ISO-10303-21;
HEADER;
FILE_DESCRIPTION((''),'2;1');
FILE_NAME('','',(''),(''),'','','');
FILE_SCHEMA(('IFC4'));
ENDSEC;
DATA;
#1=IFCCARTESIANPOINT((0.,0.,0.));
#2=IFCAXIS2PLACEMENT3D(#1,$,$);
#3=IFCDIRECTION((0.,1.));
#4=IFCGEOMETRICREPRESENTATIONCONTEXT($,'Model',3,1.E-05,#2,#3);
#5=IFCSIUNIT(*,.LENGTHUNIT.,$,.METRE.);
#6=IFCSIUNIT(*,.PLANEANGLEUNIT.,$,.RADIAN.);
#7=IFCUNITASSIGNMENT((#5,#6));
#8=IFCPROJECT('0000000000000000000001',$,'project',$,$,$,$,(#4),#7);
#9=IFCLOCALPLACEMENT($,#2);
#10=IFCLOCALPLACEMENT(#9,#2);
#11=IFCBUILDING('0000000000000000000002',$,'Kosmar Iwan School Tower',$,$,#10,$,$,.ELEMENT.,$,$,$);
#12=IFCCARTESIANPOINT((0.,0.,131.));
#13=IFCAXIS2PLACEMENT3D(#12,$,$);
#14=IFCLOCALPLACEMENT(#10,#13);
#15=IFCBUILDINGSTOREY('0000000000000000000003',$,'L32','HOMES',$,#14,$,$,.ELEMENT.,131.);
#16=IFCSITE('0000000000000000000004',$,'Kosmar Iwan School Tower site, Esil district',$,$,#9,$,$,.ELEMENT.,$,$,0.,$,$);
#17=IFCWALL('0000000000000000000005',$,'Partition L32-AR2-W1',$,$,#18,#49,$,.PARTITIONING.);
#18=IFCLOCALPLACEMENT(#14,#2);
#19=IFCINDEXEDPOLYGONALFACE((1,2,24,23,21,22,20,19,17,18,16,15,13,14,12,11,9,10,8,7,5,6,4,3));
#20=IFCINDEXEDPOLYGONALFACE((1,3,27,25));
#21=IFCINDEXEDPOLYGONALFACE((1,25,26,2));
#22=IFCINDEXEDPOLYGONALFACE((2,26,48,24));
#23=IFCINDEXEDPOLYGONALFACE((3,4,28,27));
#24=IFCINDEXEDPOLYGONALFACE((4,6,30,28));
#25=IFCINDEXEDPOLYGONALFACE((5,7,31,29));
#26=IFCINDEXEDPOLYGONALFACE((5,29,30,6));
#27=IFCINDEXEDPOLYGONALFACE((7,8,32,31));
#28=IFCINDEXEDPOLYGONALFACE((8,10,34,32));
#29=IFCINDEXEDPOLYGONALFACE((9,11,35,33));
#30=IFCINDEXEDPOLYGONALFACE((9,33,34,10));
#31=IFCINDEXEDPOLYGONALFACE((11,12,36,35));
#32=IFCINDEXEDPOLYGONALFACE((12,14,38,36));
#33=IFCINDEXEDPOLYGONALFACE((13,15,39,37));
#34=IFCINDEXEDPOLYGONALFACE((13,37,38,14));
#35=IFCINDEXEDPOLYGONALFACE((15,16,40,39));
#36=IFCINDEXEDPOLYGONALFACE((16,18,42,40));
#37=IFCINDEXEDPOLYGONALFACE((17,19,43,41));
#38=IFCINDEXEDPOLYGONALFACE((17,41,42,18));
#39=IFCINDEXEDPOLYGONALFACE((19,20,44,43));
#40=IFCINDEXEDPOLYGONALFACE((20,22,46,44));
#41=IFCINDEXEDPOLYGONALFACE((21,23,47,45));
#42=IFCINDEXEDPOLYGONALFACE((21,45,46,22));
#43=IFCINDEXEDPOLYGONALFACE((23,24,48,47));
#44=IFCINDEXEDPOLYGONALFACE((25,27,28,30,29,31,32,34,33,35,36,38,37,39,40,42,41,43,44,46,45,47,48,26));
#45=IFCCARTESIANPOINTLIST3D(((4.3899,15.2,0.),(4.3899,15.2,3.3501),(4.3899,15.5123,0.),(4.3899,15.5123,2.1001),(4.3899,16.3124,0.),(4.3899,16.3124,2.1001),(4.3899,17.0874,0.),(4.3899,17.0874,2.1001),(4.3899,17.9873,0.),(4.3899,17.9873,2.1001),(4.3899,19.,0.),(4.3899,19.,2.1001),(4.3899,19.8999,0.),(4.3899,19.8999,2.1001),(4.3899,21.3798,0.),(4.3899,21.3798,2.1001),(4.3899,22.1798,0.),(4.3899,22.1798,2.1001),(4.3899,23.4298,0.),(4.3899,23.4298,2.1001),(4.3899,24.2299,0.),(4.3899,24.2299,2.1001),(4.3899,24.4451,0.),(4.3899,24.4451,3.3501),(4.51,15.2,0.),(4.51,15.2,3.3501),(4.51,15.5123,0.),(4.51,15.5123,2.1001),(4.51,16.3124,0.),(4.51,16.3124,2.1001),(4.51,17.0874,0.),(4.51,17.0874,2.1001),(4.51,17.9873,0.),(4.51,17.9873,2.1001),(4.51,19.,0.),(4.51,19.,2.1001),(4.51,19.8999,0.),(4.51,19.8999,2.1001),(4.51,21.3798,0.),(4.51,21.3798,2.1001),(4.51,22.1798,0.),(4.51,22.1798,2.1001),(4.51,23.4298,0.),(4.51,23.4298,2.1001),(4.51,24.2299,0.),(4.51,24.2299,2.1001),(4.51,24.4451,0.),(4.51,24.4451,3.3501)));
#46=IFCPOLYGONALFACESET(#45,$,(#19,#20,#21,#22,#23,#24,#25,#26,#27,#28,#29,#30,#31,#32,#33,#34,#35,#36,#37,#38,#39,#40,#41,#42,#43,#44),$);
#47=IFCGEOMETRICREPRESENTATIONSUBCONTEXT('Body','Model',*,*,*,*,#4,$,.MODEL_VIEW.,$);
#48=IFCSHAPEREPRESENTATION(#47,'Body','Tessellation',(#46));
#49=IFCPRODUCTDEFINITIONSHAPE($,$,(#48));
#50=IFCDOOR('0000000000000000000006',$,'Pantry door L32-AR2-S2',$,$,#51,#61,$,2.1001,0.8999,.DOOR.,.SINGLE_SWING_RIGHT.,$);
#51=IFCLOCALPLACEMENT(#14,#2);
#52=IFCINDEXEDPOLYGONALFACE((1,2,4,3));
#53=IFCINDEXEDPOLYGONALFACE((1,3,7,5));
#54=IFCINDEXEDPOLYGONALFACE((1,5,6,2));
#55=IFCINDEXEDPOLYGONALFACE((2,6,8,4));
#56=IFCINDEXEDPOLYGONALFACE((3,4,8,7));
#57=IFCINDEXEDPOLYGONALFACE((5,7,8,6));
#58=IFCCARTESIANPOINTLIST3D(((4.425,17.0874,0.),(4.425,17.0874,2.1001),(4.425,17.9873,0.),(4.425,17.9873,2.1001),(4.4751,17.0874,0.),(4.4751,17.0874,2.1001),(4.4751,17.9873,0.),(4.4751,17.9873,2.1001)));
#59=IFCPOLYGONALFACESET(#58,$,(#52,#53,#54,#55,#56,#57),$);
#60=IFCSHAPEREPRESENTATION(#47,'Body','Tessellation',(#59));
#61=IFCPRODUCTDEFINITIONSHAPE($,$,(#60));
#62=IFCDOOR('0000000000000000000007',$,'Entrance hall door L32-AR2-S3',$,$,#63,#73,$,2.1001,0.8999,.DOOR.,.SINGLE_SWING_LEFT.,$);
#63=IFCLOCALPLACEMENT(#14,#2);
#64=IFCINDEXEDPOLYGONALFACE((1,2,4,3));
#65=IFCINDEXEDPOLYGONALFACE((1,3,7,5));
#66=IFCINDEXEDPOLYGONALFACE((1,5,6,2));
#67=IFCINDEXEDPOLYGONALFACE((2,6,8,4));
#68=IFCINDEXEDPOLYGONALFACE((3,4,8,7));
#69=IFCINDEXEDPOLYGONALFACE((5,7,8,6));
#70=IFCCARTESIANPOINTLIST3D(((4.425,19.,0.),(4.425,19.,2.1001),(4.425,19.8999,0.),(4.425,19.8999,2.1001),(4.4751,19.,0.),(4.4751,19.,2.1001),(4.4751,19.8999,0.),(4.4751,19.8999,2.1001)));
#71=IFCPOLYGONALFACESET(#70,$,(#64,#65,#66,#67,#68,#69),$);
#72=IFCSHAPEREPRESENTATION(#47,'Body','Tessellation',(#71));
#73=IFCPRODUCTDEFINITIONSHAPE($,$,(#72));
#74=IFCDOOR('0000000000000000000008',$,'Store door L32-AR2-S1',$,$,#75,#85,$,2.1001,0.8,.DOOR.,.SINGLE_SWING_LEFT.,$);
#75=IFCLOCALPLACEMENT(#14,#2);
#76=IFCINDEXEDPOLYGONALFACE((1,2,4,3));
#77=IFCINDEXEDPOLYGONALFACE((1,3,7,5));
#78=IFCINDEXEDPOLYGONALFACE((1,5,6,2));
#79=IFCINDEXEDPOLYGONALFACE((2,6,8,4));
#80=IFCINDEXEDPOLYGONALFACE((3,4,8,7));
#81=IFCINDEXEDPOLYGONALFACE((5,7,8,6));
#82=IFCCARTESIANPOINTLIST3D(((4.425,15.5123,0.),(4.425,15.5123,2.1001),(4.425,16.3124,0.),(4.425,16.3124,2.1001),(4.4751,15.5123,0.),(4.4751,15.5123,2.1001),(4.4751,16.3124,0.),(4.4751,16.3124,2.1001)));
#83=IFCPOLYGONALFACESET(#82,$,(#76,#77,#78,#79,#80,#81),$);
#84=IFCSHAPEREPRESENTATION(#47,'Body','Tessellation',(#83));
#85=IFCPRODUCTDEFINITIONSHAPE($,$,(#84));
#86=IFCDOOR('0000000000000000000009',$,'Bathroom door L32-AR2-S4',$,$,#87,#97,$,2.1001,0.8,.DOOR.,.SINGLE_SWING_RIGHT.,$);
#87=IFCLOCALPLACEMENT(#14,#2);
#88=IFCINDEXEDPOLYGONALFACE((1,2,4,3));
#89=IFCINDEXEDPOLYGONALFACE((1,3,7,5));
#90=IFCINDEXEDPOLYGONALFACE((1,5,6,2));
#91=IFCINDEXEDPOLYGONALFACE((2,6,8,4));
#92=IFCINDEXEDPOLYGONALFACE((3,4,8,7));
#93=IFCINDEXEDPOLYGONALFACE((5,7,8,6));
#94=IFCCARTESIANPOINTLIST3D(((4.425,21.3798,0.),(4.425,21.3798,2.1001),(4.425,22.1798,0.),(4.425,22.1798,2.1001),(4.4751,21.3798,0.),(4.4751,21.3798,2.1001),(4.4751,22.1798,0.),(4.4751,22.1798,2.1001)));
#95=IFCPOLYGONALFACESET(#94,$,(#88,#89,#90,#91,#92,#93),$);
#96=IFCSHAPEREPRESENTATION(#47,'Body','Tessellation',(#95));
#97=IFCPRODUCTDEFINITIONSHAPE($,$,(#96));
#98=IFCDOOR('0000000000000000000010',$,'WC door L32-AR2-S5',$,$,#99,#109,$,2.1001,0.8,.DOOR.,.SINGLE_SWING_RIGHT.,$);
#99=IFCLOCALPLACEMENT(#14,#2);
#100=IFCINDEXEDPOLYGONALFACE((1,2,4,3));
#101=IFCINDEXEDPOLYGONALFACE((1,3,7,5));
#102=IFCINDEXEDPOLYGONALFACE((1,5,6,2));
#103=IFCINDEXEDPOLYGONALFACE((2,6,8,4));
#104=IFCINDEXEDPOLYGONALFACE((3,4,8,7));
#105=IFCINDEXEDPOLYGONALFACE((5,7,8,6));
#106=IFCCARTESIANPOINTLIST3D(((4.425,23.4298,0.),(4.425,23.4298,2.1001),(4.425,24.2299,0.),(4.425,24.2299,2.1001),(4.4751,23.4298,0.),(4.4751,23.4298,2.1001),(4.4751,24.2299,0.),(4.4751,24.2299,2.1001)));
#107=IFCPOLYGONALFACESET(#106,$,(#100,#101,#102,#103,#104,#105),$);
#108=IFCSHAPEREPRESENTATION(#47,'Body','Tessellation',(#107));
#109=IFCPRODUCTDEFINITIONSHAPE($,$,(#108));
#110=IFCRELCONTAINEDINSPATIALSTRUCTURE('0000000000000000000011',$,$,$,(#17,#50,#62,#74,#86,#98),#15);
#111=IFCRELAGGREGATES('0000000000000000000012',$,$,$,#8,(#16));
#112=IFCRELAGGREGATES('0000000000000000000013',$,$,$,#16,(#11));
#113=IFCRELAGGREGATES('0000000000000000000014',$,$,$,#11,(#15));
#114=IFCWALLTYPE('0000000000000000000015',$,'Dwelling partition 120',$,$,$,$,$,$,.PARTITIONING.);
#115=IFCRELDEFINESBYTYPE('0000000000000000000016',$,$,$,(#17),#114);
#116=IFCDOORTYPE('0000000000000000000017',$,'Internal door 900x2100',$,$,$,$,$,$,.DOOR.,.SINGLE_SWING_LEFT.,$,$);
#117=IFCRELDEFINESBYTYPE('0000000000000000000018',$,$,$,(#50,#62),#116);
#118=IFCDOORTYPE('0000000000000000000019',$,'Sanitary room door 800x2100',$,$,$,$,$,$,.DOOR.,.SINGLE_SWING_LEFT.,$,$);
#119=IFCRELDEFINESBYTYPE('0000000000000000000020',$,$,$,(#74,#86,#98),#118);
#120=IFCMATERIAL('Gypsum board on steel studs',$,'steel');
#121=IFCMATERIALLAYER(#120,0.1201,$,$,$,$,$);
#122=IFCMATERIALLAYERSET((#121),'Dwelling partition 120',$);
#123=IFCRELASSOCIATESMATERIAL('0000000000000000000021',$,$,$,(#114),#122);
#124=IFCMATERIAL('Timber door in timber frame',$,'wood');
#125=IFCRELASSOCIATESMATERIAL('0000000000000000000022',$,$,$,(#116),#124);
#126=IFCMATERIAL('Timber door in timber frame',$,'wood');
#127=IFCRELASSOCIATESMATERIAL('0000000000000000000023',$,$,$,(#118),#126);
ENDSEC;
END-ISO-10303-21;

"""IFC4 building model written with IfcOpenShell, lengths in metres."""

from ifc_helpers import new_model, si_unit, direction, frame, frame_2d, origin, place, context, subcontext, project, spatial, rectangle, extrude, material, layer, layer_set, type_object, element, fill, save


model = new_model("IFC4")

# Units and contexts
model_context = context("Model", 3, precision=1e-05, world=origin(), true_north=direction((0.0, 1.0)))
body_context = subcontext(model_context, "Body", "Model", "MODEL_VIEW")
ifc_project = project(units=[si_unit("LENGTHUNIT", "METRE"), si_unit("PLANEANGLEUNIT", "RADIAN")], contexts=[model_context])

# Site, building, storey
site_placement = place(None, origin())
site = spatial("IfcSite", under=ifc_project, at=site_placement, Name="Kosmar Iwan School Tower site, Esil district", CompositionType="ELEMENT", RefElevation=0.0)
building_placement = place(site_placement, origin())
building = spatial("IfcBuilding", under=site, at=building_placement, Name="Kosmar Iwan School Tower", CompositionType="ELEMENT")
storey_placement = place(building_placement, frame((0.0, 0.0, 131.0)))
storey = spatial("IfcBuildingStorey", under=building, at=storey_placement, Name="L32", Description="HOMES", CompositionType="ELEMENT", Elevation=131.0)

# Shared definitions
ifc_material_1 = material(Name="Gypsum board on steel studs", Category="steel")
ifc_layer_1 = layer(ifc_material_1, 0.1201)
ifc_layer_set_1 = layer_set([ifc_layer_1], Name="Dwelling partition 120")
wall_type_1 = type_object("IfcWallType", Name="Dwelling partition 120", PredefinedType="PARTITIONING", material=ifc_layer_set_1)

# Wall, openings, doors
wall_1_placement = place(storey_placement, frame((4.45, 15.2, 0.0), z_axis=(0.0, 0.0, 1.0), x_axis=(0.0, 1.0, 0.0)))
wall_1 = element("IfcWall", 1, at=wall_1_placement, inside=storey, type_object=wall_type_1, Name="Partition L32-AR2-W1", PredefinedType="PARTITIONING", context=body_context, shape_type="SweptSolid", body=[
    extrude(rectangle(XDim=9.2451, YDim=0.1201, at=frame_2d((4.6226, 0.0))), origin(), (0.0, 0.0, 1.0), 3.3501),
])
opening_1_placement = place(wall_1_placement, frame((0.3125, 0.0, 0.0)))
opening_1 = element("IfcOpeningElement", 2, at=opening_1_placement, cuts=wall_1, PredefinedType="OPENING", context=body_context, shape_type="SweptSolid", body=[
    extrude(rectangle(XDim=0.8, YDim=2.1001, at=frame_2d((0.3999, 1.05))), frame((0.0, 0.072, 0.0), z_axis=(0.0, -1.0, 0.0), x_axis=(1.0, 0.0, 0.0)), (0.0, 0.0, 1.0), 0.144),
])
opening_2_placement = place(wall_1_placement, frame((1.8875, 0.0, 0.0)))
opening_2 = element("IfcOpeningElement", 3, at=opening_2_placement, cuts=wall_1, PredefinedType="OPENING", context=body_context, shape_type="SweptSolid", body=[
    extrude(rectangle(XDim=0.8999, YDim=2.1001, at=frame_2d((0.45, 1.05))), frame((0.0, 0.072, 0.0), z_axis=(0.0, -1.0, 0.0), x_axis=(1.0, 0.0, 0.0)), (0.0, 0.0, 1.0), 0.144),
])
opening_3_placement = place(wall_1_placement, frame((3.8, 0.0, 0.0)))
opening_3 = element("IfcOpeningElement", 4, at=opening_3_placement, cuts=wall_1, PredefinedType="OPENING", context=body_context, shape_type="SweptSolid", body=[
    extrude(rectangle(XDim=0.8999, YDim=2.1001, at=frame_2d((0.45, 1.05))), frame((0.0, 0.072, 0.0), z_axis=(0.0, -1.0, 0.0), x_axis=(1.0, 0.0, 0.0)), (0.0, 0.0, 1.0), 0.144),
])
opening_4_placement = place(wall_1_placement, frame((6.1799, 0.0, 0.0)))
opening_4 = element("IfcOpeningElement", 5, at=opening_4_placement, cuts=wall_1, PredefinedType="OPENING", context=body_context, shape_type="SweptSolid", body=[
    extrude(rectangle(XDim=0.8, YDim=2.1001, at=frame_2d((0.3999, 1.05))), frame((0.0, 0.072, 0.0), z_axis=(0.0, -1.0, 0.0), x_axis=(1.0, 0.0, 0.0)), (0.0, 0.0, 1.0), 0.144),
])
opening_5_placement = place(wall_1_placement, frame((8.23, 0.0, 0.0)))
opening_5 = element("IfcOpeningElement", 6, at=opening_5_placement, cuts=wall_1, PredefinedType="OPENING", context=body_context, shape_type="SweptSolid", body=[
    extrude(rectangle(XDim=0.8, YDim=2.1001, at=frame_2d((0.3999, 1.05))), frame((0.0, 0.072, 0.0), z_axis=(0.0, -1.0, 0.0), x_axis=(1.0, 0.0, 0.0)), (0.0, 0.0, 1.0), 0.144),
])
ifc_material_2 = material(Name="Timber door in timber frame", Category="wood")
door_type_1 = type_object("IfcDoorType", Name="Internal door 900x2100", OperationType="SINGLE_SWING_LEFT", PredefinedType="DOOR", material=ifc_material_2)
door_1_placement = place(opening_2_placement, origin())
door_1 = element("IfcDoor", 7, at=door_1_placement, inside=storey, type_object=door_type_1, Name="Pantry door L32-AR2-S2", OperationType="SINGLE_SWING_RIGHT", OverallHeight=2.1001, OverallWidth=0.8999, PredefinedType="DOOR", context=body_context, shape_type="SweptSolid", body=[
    extrude(rectangle(XDim=0.8999, YDim=2.1001, at=frame_2d((0.45, 1.05))), frame((0.0, 0.0249, 0.0), z_axis=(0.0, -1.0, 0.0), x_axis=(1.0, 0.0, 0.0)), (0.0, 0.0, 1.0), 0.05),
])
fill(opening_2, door_1)
door_2_placement = place(opening_3_placement, origin())
door_2 = element("IfcDoor", 8, at=door_2_placement, inside=storey, type_object=door_type_1, Name="Entrance hall door L32-AR2-S3", OperationType="SINGLE_SWING_LEFT", OverallHeight=2.1001, OverallWidth=0.8999, PredefinedType="DOOR", context=body_context, shape_type="SweptSolid", body=[
    extrude(rectangle(XDim=0.8999, YDim=2.1001, at=frame_2d((0.45, 1.05))), frame((0.0, 0.0249, 0.0), z_axis=(0.0, -1.0, 0.0), x_axis=(1.0, 0.0, 0.0)), (0.0, 0.0, 1.0), 0.05),
])
fill(opening_3, door_2)
ifc_material_3 = material(Name="Timber door in timber frame", Category="wood")
door_type_2 = type_object("IfcDoorType", Name="Sanitary room door 800x2100", OperationType="SINGLE_SWING_LEFT", PredefinedType="DOOR", material=ifc_material_3)
door_3_placement = place(opening_1_placement, origin())
door_3 = element("IfcDoor", 9, at=door_3_placement, inside=storey, type_object=door_type_2, Name="Store door L32-AR2-S1", OperationType="SINGLE_SWING_LEFT", OverallHeight=2.1001, OverallWidth=0.8, PredefinedType="DOOR", context=body_context, shape_type="SweptSolid", body=[
    extrude(rectangle(XDim=0.8, YDim=2.1001, at=frame_2d((0.3999, 1.05))), frame((0.0, 0.0249, 0.0), z_axis=(0.0, -1.0, 0.0), x_axis=(1.0, 0.0, 0.0)), (0.0, 0.0, 1.0), 0.05),
])
fill(opening_1, door_3)
door_4_placement = place(opening_4_placement, origin())
door_4 = element("IfcDoor", 10, at=door_4_placement, inside=storey, type_object=door_type_2, Name="Bathroom door L32-AR2-S4", OperationType="SINGLE_SWING_RIGHT", OverallHeight=2.1001, OverallWidth=0.8, PredefinedType="DOOR", context=body_context, shape_type="SweptSolid", body=[
    extrude(rectangle(XDim=0.8, YDim=2.1001, at=frame_2d((0.3999, 1.05))), frame((0.0, 0.0249, 0.0), z_axis=(0.0, -1.0, 0.0), x_axis=(1.0, 0.0, 0.0)), (0.0, 0.0, 1.0), 0.05),
])
fill(opening_4, door_4)
door_5_placement = place(opening_5_placement, origin())
door_5 = element("IfcDoor", 11, at=door_5_placement, inside=storey, type_object=door_type_2, Name="WC door L32-AR2-S5", OperationType="SINGLE_SWING_RIGHT", OverallHeight=2.1001, OverallWidth=0.8, PredefinedType="DOOR", context=body_context, shape_type="SweptSolid", body=[
    extrude(rectangle(XDim=0.8, YDim=2.1001, at=frame_2d((0.3999, 1.05))), frame((0.0, 0.0249, 0.0), z_axis=(0.0, -1.0, 0.0), x_axis=(1.0, 0.0, 0.0)), (0.0, 0.0, 1.0), 0.05),
])
fill(opening_5, door_5)

save(model, "model.ifc")
